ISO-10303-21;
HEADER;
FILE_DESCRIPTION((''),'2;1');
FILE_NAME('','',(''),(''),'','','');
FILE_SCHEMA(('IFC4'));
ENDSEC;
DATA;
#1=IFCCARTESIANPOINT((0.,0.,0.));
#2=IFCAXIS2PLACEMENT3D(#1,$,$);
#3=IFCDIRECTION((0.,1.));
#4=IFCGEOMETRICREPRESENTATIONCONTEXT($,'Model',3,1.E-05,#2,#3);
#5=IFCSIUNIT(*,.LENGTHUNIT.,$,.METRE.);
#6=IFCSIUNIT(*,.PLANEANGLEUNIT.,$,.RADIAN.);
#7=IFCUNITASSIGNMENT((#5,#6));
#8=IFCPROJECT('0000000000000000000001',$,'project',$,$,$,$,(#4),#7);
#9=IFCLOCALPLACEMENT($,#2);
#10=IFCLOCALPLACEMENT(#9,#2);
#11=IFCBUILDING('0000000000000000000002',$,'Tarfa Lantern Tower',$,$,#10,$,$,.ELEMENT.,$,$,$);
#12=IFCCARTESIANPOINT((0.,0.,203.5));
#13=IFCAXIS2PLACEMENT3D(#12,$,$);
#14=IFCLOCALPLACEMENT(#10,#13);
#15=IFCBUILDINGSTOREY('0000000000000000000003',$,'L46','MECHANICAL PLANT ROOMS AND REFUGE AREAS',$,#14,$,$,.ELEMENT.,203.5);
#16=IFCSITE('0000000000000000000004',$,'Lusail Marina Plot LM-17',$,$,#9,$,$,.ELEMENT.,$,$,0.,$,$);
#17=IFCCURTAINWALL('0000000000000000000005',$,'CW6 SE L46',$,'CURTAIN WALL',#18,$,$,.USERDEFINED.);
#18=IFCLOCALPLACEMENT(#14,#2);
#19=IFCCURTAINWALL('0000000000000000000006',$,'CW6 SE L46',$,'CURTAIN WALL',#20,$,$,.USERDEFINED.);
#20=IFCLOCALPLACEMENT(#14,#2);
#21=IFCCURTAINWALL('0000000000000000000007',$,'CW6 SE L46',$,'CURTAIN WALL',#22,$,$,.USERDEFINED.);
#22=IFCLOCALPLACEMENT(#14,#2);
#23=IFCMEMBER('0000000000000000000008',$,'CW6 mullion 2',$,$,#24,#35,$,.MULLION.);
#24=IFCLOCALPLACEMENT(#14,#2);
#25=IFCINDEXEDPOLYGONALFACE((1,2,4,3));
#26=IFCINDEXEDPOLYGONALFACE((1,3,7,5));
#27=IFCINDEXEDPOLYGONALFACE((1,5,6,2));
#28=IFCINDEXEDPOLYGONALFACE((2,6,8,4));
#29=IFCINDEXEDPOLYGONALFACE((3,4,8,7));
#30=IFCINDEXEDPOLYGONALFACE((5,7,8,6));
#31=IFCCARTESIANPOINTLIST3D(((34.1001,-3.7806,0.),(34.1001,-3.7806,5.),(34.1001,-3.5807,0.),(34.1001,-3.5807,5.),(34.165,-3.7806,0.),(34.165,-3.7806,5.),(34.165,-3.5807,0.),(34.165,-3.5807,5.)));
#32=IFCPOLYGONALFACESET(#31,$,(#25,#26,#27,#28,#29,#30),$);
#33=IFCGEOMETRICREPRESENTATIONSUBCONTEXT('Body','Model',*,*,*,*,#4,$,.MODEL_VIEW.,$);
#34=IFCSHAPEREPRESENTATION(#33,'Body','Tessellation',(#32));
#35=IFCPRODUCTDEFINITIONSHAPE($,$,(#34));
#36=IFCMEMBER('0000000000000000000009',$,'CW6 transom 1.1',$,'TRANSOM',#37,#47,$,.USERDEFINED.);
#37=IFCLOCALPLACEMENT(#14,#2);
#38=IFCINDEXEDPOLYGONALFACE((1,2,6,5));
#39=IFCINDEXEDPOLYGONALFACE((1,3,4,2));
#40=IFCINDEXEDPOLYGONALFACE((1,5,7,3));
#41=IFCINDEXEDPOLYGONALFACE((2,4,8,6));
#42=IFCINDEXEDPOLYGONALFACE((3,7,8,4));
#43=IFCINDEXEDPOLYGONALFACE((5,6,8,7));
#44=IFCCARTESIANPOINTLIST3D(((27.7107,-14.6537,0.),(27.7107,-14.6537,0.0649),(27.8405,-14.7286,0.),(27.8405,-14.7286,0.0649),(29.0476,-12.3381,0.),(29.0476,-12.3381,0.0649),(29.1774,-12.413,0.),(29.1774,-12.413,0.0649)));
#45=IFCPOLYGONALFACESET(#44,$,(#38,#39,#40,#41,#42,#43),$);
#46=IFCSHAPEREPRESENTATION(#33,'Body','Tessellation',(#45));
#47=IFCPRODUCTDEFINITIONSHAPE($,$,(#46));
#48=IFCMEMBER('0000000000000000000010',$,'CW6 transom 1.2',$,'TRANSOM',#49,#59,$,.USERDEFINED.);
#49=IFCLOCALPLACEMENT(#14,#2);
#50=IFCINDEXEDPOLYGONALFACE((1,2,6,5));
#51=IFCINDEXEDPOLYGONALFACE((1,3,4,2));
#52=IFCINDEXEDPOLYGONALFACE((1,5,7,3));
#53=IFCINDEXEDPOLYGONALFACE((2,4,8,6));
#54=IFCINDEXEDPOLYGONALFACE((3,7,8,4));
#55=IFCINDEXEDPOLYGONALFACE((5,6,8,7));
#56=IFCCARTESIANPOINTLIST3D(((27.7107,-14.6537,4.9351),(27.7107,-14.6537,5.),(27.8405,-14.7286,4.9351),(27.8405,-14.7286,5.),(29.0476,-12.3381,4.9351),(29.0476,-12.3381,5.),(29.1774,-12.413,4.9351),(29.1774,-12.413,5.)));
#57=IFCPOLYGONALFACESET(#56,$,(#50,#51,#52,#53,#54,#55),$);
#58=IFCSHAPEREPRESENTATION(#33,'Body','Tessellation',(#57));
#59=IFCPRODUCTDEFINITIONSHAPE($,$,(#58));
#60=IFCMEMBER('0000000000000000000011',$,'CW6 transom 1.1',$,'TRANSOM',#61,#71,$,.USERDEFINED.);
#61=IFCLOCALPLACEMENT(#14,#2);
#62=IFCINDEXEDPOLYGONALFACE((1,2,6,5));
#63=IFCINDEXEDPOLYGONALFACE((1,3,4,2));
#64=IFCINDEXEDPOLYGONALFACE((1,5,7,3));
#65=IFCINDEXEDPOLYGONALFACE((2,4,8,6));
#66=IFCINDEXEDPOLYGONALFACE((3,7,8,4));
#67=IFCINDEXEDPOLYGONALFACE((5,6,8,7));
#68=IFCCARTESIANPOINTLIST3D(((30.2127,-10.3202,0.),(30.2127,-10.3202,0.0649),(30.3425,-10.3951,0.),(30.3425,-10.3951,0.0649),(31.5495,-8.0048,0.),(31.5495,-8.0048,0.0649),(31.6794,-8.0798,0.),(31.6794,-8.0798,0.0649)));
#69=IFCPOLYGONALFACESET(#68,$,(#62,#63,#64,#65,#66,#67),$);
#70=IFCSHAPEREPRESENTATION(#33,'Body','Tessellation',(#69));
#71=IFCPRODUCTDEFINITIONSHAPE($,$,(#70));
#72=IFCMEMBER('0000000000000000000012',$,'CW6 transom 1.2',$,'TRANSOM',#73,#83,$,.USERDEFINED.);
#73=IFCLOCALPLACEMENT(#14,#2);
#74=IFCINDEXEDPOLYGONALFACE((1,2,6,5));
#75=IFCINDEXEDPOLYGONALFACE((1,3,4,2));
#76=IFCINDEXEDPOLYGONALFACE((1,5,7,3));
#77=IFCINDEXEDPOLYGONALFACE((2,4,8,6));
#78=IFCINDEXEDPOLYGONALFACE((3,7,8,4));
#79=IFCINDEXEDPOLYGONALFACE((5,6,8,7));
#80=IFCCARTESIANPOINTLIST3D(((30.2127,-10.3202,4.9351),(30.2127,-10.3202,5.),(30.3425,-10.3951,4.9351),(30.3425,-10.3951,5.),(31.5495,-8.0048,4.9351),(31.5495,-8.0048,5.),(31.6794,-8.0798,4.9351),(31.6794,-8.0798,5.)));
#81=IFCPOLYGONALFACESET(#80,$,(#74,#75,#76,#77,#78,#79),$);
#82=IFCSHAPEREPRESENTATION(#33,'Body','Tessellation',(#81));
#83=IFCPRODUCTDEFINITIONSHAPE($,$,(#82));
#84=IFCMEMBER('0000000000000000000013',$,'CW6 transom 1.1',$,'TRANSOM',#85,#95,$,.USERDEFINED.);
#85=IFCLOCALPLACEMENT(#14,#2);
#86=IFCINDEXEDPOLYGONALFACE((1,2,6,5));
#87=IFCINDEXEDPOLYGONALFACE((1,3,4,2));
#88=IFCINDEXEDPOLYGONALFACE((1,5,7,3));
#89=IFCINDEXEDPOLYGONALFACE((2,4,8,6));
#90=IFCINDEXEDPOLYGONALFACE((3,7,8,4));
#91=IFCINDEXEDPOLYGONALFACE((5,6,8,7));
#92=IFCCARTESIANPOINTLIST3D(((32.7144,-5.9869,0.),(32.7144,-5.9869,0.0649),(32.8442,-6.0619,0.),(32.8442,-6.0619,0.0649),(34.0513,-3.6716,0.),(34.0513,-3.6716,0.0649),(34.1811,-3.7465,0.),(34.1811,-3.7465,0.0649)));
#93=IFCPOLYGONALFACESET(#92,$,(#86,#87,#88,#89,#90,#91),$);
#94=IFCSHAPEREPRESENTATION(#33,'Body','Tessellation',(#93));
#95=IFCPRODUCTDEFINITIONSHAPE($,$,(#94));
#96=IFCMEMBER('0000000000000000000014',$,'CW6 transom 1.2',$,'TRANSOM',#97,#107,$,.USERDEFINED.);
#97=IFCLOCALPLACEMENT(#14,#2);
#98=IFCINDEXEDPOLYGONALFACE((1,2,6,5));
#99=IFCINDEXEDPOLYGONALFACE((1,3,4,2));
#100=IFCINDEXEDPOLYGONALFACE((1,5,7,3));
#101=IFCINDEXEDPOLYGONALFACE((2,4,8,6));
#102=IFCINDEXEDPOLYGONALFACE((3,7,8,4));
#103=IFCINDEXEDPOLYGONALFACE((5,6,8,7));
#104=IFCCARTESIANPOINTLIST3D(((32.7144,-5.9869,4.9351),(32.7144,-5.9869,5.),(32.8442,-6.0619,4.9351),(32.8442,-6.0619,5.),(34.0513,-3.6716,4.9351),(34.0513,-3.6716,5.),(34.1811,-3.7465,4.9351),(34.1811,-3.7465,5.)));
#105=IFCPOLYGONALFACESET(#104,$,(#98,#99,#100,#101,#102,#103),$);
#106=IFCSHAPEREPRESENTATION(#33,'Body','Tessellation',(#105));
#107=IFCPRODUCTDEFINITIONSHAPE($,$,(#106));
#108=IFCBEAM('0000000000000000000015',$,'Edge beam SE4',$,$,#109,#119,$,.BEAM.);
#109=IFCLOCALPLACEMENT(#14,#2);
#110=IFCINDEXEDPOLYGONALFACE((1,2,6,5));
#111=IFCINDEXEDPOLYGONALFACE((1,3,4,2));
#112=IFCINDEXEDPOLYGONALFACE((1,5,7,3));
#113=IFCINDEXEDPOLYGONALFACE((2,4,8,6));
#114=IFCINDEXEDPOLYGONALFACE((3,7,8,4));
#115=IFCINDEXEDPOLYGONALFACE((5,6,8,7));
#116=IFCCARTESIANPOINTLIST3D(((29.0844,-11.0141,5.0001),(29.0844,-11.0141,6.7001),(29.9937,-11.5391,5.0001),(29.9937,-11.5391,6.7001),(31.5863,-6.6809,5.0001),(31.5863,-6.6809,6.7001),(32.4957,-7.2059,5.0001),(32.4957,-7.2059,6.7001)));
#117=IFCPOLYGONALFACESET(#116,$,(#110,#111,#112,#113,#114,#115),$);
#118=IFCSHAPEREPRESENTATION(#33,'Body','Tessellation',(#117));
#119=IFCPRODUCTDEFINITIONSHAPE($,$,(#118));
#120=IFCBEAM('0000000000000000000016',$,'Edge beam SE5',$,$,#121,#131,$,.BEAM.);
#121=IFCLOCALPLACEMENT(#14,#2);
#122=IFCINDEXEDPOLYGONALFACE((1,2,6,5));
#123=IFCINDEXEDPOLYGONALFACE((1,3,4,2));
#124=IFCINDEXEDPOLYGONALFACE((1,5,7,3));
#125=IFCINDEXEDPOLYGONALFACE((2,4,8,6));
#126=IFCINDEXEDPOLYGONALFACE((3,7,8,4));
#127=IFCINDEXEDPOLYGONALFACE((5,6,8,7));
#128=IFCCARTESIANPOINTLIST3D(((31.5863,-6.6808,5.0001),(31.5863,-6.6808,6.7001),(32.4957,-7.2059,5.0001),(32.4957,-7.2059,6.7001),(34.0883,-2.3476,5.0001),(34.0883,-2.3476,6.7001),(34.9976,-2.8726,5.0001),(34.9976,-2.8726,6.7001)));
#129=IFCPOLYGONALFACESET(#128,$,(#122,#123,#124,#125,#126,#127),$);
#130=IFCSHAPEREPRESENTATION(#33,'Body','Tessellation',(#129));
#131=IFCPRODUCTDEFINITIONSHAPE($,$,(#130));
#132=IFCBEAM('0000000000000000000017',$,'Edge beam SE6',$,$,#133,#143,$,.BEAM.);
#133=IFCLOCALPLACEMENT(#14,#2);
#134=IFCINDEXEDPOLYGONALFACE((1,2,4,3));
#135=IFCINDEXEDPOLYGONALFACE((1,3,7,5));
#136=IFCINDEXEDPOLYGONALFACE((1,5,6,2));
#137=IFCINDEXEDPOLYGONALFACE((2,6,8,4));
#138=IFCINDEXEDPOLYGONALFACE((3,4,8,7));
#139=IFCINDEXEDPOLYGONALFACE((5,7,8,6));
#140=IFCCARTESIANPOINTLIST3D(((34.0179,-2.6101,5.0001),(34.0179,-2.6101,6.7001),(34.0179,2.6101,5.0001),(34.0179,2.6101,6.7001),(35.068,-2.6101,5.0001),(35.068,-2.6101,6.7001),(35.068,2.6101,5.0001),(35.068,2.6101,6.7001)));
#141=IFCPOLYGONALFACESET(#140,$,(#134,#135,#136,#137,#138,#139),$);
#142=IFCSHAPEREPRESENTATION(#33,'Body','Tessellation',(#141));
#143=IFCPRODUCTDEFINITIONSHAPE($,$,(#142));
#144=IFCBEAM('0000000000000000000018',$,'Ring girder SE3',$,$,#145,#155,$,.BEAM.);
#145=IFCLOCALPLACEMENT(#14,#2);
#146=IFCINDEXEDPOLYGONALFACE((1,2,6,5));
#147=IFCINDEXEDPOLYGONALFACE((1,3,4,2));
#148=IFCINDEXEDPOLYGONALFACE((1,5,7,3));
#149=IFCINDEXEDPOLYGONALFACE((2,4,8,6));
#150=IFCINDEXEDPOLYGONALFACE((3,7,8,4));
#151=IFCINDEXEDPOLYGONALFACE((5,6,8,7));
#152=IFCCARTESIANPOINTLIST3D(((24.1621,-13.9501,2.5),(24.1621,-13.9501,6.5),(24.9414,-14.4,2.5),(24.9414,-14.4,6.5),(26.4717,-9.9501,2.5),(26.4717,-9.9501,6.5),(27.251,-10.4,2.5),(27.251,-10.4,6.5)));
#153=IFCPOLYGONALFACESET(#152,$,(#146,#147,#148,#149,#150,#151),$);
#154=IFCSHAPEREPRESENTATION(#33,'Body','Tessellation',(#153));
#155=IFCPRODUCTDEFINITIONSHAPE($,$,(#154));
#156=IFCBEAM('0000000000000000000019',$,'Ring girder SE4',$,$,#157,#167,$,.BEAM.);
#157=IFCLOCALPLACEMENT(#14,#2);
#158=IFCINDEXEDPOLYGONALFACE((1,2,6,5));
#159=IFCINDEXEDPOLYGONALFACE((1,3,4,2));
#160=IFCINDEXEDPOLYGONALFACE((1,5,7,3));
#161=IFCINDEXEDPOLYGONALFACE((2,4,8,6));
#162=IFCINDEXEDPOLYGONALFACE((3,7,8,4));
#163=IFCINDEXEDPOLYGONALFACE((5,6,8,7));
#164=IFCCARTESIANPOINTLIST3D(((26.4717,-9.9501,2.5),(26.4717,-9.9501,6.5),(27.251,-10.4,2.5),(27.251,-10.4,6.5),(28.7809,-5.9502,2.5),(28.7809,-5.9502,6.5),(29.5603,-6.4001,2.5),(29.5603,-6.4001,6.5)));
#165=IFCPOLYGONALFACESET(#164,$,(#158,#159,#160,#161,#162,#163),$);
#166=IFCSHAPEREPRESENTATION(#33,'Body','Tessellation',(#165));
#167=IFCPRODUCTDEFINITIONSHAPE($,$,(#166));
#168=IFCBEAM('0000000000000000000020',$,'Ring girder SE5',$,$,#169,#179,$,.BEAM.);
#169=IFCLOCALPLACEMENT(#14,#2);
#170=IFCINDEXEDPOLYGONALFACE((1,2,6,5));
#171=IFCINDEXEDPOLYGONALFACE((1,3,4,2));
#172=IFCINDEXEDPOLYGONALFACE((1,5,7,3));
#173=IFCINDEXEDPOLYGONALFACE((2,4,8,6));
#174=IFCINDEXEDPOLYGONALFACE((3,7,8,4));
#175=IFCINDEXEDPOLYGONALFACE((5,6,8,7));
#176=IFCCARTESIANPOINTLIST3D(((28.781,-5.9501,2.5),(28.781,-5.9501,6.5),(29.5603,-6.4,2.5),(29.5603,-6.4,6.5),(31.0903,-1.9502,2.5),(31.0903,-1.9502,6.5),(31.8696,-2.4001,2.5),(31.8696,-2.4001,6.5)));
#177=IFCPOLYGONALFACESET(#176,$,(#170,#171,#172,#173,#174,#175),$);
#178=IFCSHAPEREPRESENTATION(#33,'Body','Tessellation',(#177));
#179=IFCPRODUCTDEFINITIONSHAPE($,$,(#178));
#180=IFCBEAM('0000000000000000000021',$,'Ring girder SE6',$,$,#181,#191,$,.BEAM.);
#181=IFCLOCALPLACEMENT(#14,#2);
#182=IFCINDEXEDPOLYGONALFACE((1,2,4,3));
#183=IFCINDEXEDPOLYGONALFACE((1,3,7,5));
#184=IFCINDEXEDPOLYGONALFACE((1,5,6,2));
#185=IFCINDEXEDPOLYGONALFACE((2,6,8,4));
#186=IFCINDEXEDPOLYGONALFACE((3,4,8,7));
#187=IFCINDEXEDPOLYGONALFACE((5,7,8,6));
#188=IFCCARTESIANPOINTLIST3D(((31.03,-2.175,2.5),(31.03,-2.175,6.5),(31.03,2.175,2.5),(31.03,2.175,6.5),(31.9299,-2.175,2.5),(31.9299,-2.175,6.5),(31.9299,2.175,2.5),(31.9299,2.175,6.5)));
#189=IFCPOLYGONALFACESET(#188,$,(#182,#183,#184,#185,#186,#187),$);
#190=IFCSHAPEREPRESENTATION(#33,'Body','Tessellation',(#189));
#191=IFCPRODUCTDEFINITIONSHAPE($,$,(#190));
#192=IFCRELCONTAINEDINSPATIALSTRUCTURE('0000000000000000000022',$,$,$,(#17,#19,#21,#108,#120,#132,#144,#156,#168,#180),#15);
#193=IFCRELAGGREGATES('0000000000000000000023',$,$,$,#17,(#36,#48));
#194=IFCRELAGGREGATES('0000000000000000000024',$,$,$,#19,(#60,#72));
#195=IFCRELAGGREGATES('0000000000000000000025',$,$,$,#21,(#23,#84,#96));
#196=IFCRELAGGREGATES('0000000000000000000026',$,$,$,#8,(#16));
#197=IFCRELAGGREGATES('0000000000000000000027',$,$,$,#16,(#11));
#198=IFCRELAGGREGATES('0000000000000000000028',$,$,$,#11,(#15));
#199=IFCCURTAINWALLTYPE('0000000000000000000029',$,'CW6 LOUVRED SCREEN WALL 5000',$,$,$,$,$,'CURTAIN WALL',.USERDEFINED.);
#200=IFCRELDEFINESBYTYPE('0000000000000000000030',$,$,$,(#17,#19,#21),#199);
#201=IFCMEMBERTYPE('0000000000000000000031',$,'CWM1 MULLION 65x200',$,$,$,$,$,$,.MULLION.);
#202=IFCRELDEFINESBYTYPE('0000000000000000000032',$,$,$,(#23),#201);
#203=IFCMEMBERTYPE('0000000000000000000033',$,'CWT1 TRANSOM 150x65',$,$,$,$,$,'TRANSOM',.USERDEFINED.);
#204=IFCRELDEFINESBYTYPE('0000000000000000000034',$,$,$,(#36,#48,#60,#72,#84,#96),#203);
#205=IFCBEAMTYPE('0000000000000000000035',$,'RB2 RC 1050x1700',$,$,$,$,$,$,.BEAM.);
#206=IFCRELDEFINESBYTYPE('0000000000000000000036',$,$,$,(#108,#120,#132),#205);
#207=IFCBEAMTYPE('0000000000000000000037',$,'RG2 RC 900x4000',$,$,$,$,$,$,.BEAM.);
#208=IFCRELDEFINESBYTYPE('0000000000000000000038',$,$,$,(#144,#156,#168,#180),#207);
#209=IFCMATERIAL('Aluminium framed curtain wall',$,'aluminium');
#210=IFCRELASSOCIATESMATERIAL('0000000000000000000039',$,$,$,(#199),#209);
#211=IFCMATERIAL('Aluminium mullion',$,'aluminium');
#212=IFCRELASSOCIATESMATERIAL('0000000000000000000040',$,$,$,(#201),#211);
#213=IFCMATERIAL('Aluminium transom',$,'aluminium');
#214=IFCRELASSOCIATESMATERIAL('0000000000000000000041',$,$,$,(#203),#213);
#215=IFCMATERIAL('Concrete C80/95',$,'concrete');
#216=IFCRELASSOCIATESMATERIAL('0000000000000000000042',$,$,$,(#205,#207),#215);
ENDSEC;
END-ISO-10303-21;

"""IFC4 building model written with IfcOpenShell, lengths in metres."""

from ifc_helpers import new_model, si_unit, direction, frame, origin, origin_2d, place, context, subcontext, project, spatial, rectangle, extrude, material, material_profile, profile_set, type_object, element, aggregate, save


model = new_model("IFC4")

# Units and contexts
model_context = context("Model", 3, precision=1e-05, world=origin(), true_north=direction((0.0, 1.0)))
body_context = subcontext(model_context, "Body", "Model", "MODEL_VIEW")
ifc_project = project(units=[si_unit("LENGTHUNIT", "METRE"), si_unit("PLANEANGLEUNIT", "RADIAN")], contexts=[model_context])

# Site, building, storey
site_placement = place(None, origin())
site = spatial("IfcSite", under=ifc_project, at=site_placement, Name="Lusail Marina Plot LM-17", CompositionType="ELEMENT", RefElevation=0.0)
building_placement = place(site_placement, origin())
building = spatial("IfcBuilding", under=site, at=building_placement, Name="Tarfa Lantern Tower", CompositionType="ELEMENT")
storey_placement = place(building_placement, frame((0.0, 0.0, 203.5)))
storey = spatial("IfcBuildingStorey", under=building, at=storey_placement, Name="L46", Description="MECHANICAL PLANT ROOMS AND REFUGE AREAS", CompositionType="ELEMENT", Elevation=203.5)

# Shared definitions
ifc_material_1 = material(Name="Concrete C80/95", Category="concrete")

# Curtain walls, member
ifc_material_2 = material(Name="Aluminium framed curtain wall", Category="aluminium")
curtain_wall_type = type_object("IfcCurtainWallType", Name="CW6 LOUVRED SCREEN WALL 5000", ElementType="CURTAIN WALL", PredefinedType="USERDEFINED", material=ifc_material_2)
curtain_wall_1_placement = place(storey_placement, origin())
curtain_wall_1 = element("IfcCurtainWall", 1, at=curtain_wall_1_placement, inside=storey, type_object=curtain_wall_type, Name="CW6 SE L46", ObjectType="CURTAIN WALL", PredefinedType="USERDEFINED")
ifc_material_3 = material(Name="Aluminium mullion", Category="aluminium")
ifc_material_profile_1 = material_profile(ifc_material_3, rectangle(XDim=0.0649, YDim=0.2, at=origin_2d()), Name="AL MULLION 65x200")
ifc_profile_set_1 = profile_set([ifc_material_profile_1], Name="Aluminium mullion")
member_type_1 = type_object("IfcMemberType", Name="CWM1 MULLION 65x200", PredefinedType="MULLION", material=ifc_profile_set_1)
curtain_wall_2_placement = place(storey_placement, origin())
curtain_wall_2 = element("IfcCurtainWall", 2, at=curtain_wall_2_placement, inside=storey, type_object=curtain_wall_type, Name="CW6 SE L46", ObjectType="CURTAIN WALL", PredefinedType="USERDEFINED")
curtain_wall_3_placement = place(storey_placement, origin())
curtain_wall_3 = element("IfcCurtainWall", 3, at=curtain_wall_3_placement, inside=storey, type_object=curtain_wall_type, Name="CW6 SE L46", ObjectType="CURTAIN WALL", PredefinedType="USERDEFINED")
member_1_placement = place(storey_placement, frame((34.1326, -3.6807, 0.0), z_axis=(0.0, 0.0, 1.0), x_axis=(1.0, 0.0, 0.0)))
member_1 = element("IfcMember", 4, at=member_1_placement, type_object=member_type_1, Name="CW6 mullion 2", PredefinedType="MULLION", context=body_context, shape_type="SweptSolid", body=[
    extrude(rectangle(XDim=0.0649, YDim=0.2, at=origin_2d()), origin(), (0.0, 0.0, 1.0), 5.0),
])

# Members
ifc_material_4 = material(Name="Aluminium transom", Category="aluminium")
ifc_material_profile_2 = material_profile(ifc_material_4, rectangle(XDim=0.1499, YDim=0.0649, at=origin_2d()), Name="AL TRANSOM 150x65")
ifc_profile_set_2 = profile_set([ifc_material_profile_2], Name="Aluminium transom")
member_type_2 = type_object("IfcMemberType", Name="CWT1 TRANSOM 150x65", ElementType="TRANSOM", PredefinedType="USERDEFINED", material=ifc_profile_set_2)
member_2_placement = place(storey_placement, frame((27.7756, -14.6912, 0.0325), z_axis=(0.499989, 0.866032, 0.0), x_axis=(-0.866032, 0.499989, 0.0)))
member_2 = element("IfcMember", 5, at=member_2_placement, type_object=member_type_2, Name="CW6 transom 1.1", ObjectType="TRANSOM", PredefinedType="USERDEFINED", context=body_context, shape_type="SweptSolid", body=[
    extrude(rectangle(XDim=0.1499, YDim=0.0649, at=origin_2d()), origin(), (0.0, 0.0, 1.0), 2.6738),
])
member_3_placement = place(storey_placement, frame((27.7756, -14.6912, 4.9675), z_axis=(0.499989, 0.866032, 0.0), x_axis=(-0.866032, 0.499989, 0.0)))
member_3 = element("IfcMember", 6, at=member_3_placement, type_object=member_type_2, Name="CW6 transom 1.2", ObjectType="TRANSOM", PredefinedType="USERDEFINED", context=body_context, shape_type="SweptSolid", body=[
    extrude(rectangle(XDim=0.1499, YDim=0.0649, at=origin_2d()), origin(), (0.0, 0.0, 1.0), 2.6738),
])
member_4_placement = place(storey_placement, frame((30.2776, -10.3577, 0.0325), z_axis=(0.500028, 0.866009, 0.0), x_axis=(-0.866009, 0.500028, 0.0)))
member_4 = element("IfcMember", 7, at=member_4_placement, type_object=member_type_2, Name="CW6 transom 1.1", ObjectType="TRANSOM", PredefinedType="USERDEFINED", context=body_context, shape_type="SweptSolid", body=[
    extrude(rectangle(XDim=0.1499, YDim=0.0649, at=origin_2d()), origin(), (0.0, 0.0, 1.0), 2.6736),
])
member_5_placement = place(storey_placement, frame((30.2776, -10.3577, 4.9675), z_axis=(0.500028, 0.866009, 0.0), x_axis=(-0.866009, 0.500028, 0.0)))
member_5 = element("IfcMember", 8, at=member_5_placement, type_object=member_type_2, Name="CW6 transom 1.2", ObjectType="TRANSOM", PredefinedType="USERDEFINED", context=body_context, shape_type="SweptSolid", body=[
    extrude(rectangle(XDim=0.1499, YDim=0.0649, at=origin_2d()), origin(), (0.0, 0.0, 1.0), 2.6736),
])
member_6_placement = place(storey_placement, frame((32.7793, -6.0244, 0.0325), z_axis=(0.500028, 0.866009, 0.0), x_axis=(-0.866009, 0.500028, 0.0)))
member_6 = element("IfcMember", 9, at=member_6_placement, type_object=member_type_2, Name="CW6 transom 1.1", ObjectType="TRANSOM", PredefinedType="USERDEFINED", context=body_context, shape_type="SweptSolid", body=[
    extrude(rectangle(XDim=0.1499, YDim=0.0649, at=origin_2d()), origin(), (0.0, 0.0, 1.0), 2.6736),
])
member_7_placement = place(storey_placement, frame((32.7793, -6.0244, 4.9675), z_axis=(0.500028, 0.866009, 0.0), x_axis=(-0.866009, 0.500028, 0.0)))
member_7 = element("IfcMember", 10, at=member_7_placement, type_object=member_type_2, Name="CW6 transom 1.2", ObjectType="TRANSOM", PredefinedType="USERDEFINED", context=body_context, shape_type="SweptSolid", body=[
    extrude(rectangle(XDim=0.1499, YDim=0.0649, at=origin_2d()), origin(), (0.0, 0.0, 1.0), 2.6736),
])

# Beams
ifc_material_profile_3 = material_profile(ifc_material_1, rectangle(XDim=1.05, YDim=1.7, at=origin_2d()), Name="RC 1050x1700")
ifc_profile_set_3 = profile_set([ifc_material_profile_3], Name="Concrete C80/95")
beam_type_1 = type_object("IfcBeamType", Name="RB2 RC 1050x1700", PredefinedType="BEAM", material=ifc_profile_set_3)
for number, where, z_axis, x_axis, name in (
    (11, (29.5391, -11.2766, 5.8501), (0.500022, 0.866013, 0.0), (-0.866013, 0.500022, 0.0), "Edge beam SE4"),
    (12, (32.041, -6.9434, 5.8501), (0.500022, 0.866013, 0.0), (-0.866013, 0.500022, 0.0), "Edge beam SE5"),
):
    element("IfcBeam", number, at=place(storey_placement, frame(where, z_axis=z_axis, x_axis=x_axis)), inside=storey, type_object=beam_type_1, Name=name, PredefinedType="BEAM", context=body_context, shape_type="SweptSolid", body=[
        extrude(rectangle(XDim=1.05, YDim=1.7, at=origin_2d()), origin(), (0.0, 0.0, 1.0), 5.0037),
    ])
beam_1_placement = place(storey_placement, frame((34.543, -2.6101, 5.8501), z_axis=(0.0, 1.0, 0.0), x_axis=(-1.0, 0.0, 0.0)))
element("IfcBeam", 13, at=beam_1_placement, inside=storey, type_object=beam_type_1, Name="Edge beam SE6", PredefinedType="BEAM", context=body_context, shape_type="SweptSolid", body=[
    extrude(rectangle(XDim=1.05, YDim=1.7, at=origin_2d()), origin(), (0.0, 0.0, 1.0), 5.2202),
])
ifc_material_profile_4 = material_profile(ifc_material_1, rectangle(XDim=0.8999, YDim=4.0, at=origin_2d()), Name="RC 900x4000")
ifc_profile_set_4 = profile_set([ifc_material_profile_4], Name="Concrete C80/95")
beam_type_2 = type_object("IfcBeamType", Name="RG2 RC 900x4000", PredefinedType="BEAM", material=ifc_profile_set_4)
beam_2_placement = place(storey_placement, frame((24.5518, -14.175, 4.5), z_axis=(0.500027, 0.86601, 0.0), x_axis=(-0.86601, 0.500027, 0.0)))
element("IfcBeam", 14, at=beam_2_placement, inside=storey, type_object=beam_type_2, Name="Ring girder SE3", PredefinedType="BEAM", context=body_context, shape_type="SweptSolid", body=[
    extrude(rectangle(XDim=0.8999, YDim=4.0, at=origin_2d()), origin(), (0.0, 0.0, 1.0), 4.6189),
])
for number, where, z_axis, x_axis, name in (
    (15, (26.8613, -10.175, 4.5), (0.499988, 0.866032, 0.0), (-0.866032, 0.499988, 0.0), "Ring girder SE4"),
    (16, (29.1707, -6.175, 4.5), (0.499988, 0.866032, 0.0), (-0.866032, 0.499988, 0.0), "Ring girder SE5"),
):
    element("IfcBeam", number, at=place(storey_placement, frame(where, z_axis=z_axis, x_axis=x_axis)), inside=storey, type_object=beam_type_2, Name=name, PredefinedType="BEAM", context=body_context, shape_type="SweptSolid", body=[
        extrude(rectangle(XDim=0.8999, YDim=4.0, at=origin_2d()), origin(), (0.0, 0.0, 1.0), 4.6187),
    ])
beam_3_placement = place(storey_placement, frame((31.48, -2.175, 4.5), z_axis=(0.0, 1.0, 0.0), x_axis=(-1.0, 0.0, 0.0)))
element("IfcBeam", 17, at=beam_3_placement, inside=storey, type_object=beam_type_2, Name="Ring girder SE6", PredefinedType="BEAM", context=body_context, shape_type="SweptSolid", body=[
    extrude(rectangle(XDim=0.8999, YDim=4.0, at=origin_2d()), origin(), (0.0, 0.0, 1.0), 4.3501),
])

aggregate(curtain_wall_1, [member_2, member_3])
aggregate(curtain_wall_2, [member_4, member_5])
aggregate(curtain_wall_3, [member_1, member_6, member_7])

save(model, "model.ifc")
